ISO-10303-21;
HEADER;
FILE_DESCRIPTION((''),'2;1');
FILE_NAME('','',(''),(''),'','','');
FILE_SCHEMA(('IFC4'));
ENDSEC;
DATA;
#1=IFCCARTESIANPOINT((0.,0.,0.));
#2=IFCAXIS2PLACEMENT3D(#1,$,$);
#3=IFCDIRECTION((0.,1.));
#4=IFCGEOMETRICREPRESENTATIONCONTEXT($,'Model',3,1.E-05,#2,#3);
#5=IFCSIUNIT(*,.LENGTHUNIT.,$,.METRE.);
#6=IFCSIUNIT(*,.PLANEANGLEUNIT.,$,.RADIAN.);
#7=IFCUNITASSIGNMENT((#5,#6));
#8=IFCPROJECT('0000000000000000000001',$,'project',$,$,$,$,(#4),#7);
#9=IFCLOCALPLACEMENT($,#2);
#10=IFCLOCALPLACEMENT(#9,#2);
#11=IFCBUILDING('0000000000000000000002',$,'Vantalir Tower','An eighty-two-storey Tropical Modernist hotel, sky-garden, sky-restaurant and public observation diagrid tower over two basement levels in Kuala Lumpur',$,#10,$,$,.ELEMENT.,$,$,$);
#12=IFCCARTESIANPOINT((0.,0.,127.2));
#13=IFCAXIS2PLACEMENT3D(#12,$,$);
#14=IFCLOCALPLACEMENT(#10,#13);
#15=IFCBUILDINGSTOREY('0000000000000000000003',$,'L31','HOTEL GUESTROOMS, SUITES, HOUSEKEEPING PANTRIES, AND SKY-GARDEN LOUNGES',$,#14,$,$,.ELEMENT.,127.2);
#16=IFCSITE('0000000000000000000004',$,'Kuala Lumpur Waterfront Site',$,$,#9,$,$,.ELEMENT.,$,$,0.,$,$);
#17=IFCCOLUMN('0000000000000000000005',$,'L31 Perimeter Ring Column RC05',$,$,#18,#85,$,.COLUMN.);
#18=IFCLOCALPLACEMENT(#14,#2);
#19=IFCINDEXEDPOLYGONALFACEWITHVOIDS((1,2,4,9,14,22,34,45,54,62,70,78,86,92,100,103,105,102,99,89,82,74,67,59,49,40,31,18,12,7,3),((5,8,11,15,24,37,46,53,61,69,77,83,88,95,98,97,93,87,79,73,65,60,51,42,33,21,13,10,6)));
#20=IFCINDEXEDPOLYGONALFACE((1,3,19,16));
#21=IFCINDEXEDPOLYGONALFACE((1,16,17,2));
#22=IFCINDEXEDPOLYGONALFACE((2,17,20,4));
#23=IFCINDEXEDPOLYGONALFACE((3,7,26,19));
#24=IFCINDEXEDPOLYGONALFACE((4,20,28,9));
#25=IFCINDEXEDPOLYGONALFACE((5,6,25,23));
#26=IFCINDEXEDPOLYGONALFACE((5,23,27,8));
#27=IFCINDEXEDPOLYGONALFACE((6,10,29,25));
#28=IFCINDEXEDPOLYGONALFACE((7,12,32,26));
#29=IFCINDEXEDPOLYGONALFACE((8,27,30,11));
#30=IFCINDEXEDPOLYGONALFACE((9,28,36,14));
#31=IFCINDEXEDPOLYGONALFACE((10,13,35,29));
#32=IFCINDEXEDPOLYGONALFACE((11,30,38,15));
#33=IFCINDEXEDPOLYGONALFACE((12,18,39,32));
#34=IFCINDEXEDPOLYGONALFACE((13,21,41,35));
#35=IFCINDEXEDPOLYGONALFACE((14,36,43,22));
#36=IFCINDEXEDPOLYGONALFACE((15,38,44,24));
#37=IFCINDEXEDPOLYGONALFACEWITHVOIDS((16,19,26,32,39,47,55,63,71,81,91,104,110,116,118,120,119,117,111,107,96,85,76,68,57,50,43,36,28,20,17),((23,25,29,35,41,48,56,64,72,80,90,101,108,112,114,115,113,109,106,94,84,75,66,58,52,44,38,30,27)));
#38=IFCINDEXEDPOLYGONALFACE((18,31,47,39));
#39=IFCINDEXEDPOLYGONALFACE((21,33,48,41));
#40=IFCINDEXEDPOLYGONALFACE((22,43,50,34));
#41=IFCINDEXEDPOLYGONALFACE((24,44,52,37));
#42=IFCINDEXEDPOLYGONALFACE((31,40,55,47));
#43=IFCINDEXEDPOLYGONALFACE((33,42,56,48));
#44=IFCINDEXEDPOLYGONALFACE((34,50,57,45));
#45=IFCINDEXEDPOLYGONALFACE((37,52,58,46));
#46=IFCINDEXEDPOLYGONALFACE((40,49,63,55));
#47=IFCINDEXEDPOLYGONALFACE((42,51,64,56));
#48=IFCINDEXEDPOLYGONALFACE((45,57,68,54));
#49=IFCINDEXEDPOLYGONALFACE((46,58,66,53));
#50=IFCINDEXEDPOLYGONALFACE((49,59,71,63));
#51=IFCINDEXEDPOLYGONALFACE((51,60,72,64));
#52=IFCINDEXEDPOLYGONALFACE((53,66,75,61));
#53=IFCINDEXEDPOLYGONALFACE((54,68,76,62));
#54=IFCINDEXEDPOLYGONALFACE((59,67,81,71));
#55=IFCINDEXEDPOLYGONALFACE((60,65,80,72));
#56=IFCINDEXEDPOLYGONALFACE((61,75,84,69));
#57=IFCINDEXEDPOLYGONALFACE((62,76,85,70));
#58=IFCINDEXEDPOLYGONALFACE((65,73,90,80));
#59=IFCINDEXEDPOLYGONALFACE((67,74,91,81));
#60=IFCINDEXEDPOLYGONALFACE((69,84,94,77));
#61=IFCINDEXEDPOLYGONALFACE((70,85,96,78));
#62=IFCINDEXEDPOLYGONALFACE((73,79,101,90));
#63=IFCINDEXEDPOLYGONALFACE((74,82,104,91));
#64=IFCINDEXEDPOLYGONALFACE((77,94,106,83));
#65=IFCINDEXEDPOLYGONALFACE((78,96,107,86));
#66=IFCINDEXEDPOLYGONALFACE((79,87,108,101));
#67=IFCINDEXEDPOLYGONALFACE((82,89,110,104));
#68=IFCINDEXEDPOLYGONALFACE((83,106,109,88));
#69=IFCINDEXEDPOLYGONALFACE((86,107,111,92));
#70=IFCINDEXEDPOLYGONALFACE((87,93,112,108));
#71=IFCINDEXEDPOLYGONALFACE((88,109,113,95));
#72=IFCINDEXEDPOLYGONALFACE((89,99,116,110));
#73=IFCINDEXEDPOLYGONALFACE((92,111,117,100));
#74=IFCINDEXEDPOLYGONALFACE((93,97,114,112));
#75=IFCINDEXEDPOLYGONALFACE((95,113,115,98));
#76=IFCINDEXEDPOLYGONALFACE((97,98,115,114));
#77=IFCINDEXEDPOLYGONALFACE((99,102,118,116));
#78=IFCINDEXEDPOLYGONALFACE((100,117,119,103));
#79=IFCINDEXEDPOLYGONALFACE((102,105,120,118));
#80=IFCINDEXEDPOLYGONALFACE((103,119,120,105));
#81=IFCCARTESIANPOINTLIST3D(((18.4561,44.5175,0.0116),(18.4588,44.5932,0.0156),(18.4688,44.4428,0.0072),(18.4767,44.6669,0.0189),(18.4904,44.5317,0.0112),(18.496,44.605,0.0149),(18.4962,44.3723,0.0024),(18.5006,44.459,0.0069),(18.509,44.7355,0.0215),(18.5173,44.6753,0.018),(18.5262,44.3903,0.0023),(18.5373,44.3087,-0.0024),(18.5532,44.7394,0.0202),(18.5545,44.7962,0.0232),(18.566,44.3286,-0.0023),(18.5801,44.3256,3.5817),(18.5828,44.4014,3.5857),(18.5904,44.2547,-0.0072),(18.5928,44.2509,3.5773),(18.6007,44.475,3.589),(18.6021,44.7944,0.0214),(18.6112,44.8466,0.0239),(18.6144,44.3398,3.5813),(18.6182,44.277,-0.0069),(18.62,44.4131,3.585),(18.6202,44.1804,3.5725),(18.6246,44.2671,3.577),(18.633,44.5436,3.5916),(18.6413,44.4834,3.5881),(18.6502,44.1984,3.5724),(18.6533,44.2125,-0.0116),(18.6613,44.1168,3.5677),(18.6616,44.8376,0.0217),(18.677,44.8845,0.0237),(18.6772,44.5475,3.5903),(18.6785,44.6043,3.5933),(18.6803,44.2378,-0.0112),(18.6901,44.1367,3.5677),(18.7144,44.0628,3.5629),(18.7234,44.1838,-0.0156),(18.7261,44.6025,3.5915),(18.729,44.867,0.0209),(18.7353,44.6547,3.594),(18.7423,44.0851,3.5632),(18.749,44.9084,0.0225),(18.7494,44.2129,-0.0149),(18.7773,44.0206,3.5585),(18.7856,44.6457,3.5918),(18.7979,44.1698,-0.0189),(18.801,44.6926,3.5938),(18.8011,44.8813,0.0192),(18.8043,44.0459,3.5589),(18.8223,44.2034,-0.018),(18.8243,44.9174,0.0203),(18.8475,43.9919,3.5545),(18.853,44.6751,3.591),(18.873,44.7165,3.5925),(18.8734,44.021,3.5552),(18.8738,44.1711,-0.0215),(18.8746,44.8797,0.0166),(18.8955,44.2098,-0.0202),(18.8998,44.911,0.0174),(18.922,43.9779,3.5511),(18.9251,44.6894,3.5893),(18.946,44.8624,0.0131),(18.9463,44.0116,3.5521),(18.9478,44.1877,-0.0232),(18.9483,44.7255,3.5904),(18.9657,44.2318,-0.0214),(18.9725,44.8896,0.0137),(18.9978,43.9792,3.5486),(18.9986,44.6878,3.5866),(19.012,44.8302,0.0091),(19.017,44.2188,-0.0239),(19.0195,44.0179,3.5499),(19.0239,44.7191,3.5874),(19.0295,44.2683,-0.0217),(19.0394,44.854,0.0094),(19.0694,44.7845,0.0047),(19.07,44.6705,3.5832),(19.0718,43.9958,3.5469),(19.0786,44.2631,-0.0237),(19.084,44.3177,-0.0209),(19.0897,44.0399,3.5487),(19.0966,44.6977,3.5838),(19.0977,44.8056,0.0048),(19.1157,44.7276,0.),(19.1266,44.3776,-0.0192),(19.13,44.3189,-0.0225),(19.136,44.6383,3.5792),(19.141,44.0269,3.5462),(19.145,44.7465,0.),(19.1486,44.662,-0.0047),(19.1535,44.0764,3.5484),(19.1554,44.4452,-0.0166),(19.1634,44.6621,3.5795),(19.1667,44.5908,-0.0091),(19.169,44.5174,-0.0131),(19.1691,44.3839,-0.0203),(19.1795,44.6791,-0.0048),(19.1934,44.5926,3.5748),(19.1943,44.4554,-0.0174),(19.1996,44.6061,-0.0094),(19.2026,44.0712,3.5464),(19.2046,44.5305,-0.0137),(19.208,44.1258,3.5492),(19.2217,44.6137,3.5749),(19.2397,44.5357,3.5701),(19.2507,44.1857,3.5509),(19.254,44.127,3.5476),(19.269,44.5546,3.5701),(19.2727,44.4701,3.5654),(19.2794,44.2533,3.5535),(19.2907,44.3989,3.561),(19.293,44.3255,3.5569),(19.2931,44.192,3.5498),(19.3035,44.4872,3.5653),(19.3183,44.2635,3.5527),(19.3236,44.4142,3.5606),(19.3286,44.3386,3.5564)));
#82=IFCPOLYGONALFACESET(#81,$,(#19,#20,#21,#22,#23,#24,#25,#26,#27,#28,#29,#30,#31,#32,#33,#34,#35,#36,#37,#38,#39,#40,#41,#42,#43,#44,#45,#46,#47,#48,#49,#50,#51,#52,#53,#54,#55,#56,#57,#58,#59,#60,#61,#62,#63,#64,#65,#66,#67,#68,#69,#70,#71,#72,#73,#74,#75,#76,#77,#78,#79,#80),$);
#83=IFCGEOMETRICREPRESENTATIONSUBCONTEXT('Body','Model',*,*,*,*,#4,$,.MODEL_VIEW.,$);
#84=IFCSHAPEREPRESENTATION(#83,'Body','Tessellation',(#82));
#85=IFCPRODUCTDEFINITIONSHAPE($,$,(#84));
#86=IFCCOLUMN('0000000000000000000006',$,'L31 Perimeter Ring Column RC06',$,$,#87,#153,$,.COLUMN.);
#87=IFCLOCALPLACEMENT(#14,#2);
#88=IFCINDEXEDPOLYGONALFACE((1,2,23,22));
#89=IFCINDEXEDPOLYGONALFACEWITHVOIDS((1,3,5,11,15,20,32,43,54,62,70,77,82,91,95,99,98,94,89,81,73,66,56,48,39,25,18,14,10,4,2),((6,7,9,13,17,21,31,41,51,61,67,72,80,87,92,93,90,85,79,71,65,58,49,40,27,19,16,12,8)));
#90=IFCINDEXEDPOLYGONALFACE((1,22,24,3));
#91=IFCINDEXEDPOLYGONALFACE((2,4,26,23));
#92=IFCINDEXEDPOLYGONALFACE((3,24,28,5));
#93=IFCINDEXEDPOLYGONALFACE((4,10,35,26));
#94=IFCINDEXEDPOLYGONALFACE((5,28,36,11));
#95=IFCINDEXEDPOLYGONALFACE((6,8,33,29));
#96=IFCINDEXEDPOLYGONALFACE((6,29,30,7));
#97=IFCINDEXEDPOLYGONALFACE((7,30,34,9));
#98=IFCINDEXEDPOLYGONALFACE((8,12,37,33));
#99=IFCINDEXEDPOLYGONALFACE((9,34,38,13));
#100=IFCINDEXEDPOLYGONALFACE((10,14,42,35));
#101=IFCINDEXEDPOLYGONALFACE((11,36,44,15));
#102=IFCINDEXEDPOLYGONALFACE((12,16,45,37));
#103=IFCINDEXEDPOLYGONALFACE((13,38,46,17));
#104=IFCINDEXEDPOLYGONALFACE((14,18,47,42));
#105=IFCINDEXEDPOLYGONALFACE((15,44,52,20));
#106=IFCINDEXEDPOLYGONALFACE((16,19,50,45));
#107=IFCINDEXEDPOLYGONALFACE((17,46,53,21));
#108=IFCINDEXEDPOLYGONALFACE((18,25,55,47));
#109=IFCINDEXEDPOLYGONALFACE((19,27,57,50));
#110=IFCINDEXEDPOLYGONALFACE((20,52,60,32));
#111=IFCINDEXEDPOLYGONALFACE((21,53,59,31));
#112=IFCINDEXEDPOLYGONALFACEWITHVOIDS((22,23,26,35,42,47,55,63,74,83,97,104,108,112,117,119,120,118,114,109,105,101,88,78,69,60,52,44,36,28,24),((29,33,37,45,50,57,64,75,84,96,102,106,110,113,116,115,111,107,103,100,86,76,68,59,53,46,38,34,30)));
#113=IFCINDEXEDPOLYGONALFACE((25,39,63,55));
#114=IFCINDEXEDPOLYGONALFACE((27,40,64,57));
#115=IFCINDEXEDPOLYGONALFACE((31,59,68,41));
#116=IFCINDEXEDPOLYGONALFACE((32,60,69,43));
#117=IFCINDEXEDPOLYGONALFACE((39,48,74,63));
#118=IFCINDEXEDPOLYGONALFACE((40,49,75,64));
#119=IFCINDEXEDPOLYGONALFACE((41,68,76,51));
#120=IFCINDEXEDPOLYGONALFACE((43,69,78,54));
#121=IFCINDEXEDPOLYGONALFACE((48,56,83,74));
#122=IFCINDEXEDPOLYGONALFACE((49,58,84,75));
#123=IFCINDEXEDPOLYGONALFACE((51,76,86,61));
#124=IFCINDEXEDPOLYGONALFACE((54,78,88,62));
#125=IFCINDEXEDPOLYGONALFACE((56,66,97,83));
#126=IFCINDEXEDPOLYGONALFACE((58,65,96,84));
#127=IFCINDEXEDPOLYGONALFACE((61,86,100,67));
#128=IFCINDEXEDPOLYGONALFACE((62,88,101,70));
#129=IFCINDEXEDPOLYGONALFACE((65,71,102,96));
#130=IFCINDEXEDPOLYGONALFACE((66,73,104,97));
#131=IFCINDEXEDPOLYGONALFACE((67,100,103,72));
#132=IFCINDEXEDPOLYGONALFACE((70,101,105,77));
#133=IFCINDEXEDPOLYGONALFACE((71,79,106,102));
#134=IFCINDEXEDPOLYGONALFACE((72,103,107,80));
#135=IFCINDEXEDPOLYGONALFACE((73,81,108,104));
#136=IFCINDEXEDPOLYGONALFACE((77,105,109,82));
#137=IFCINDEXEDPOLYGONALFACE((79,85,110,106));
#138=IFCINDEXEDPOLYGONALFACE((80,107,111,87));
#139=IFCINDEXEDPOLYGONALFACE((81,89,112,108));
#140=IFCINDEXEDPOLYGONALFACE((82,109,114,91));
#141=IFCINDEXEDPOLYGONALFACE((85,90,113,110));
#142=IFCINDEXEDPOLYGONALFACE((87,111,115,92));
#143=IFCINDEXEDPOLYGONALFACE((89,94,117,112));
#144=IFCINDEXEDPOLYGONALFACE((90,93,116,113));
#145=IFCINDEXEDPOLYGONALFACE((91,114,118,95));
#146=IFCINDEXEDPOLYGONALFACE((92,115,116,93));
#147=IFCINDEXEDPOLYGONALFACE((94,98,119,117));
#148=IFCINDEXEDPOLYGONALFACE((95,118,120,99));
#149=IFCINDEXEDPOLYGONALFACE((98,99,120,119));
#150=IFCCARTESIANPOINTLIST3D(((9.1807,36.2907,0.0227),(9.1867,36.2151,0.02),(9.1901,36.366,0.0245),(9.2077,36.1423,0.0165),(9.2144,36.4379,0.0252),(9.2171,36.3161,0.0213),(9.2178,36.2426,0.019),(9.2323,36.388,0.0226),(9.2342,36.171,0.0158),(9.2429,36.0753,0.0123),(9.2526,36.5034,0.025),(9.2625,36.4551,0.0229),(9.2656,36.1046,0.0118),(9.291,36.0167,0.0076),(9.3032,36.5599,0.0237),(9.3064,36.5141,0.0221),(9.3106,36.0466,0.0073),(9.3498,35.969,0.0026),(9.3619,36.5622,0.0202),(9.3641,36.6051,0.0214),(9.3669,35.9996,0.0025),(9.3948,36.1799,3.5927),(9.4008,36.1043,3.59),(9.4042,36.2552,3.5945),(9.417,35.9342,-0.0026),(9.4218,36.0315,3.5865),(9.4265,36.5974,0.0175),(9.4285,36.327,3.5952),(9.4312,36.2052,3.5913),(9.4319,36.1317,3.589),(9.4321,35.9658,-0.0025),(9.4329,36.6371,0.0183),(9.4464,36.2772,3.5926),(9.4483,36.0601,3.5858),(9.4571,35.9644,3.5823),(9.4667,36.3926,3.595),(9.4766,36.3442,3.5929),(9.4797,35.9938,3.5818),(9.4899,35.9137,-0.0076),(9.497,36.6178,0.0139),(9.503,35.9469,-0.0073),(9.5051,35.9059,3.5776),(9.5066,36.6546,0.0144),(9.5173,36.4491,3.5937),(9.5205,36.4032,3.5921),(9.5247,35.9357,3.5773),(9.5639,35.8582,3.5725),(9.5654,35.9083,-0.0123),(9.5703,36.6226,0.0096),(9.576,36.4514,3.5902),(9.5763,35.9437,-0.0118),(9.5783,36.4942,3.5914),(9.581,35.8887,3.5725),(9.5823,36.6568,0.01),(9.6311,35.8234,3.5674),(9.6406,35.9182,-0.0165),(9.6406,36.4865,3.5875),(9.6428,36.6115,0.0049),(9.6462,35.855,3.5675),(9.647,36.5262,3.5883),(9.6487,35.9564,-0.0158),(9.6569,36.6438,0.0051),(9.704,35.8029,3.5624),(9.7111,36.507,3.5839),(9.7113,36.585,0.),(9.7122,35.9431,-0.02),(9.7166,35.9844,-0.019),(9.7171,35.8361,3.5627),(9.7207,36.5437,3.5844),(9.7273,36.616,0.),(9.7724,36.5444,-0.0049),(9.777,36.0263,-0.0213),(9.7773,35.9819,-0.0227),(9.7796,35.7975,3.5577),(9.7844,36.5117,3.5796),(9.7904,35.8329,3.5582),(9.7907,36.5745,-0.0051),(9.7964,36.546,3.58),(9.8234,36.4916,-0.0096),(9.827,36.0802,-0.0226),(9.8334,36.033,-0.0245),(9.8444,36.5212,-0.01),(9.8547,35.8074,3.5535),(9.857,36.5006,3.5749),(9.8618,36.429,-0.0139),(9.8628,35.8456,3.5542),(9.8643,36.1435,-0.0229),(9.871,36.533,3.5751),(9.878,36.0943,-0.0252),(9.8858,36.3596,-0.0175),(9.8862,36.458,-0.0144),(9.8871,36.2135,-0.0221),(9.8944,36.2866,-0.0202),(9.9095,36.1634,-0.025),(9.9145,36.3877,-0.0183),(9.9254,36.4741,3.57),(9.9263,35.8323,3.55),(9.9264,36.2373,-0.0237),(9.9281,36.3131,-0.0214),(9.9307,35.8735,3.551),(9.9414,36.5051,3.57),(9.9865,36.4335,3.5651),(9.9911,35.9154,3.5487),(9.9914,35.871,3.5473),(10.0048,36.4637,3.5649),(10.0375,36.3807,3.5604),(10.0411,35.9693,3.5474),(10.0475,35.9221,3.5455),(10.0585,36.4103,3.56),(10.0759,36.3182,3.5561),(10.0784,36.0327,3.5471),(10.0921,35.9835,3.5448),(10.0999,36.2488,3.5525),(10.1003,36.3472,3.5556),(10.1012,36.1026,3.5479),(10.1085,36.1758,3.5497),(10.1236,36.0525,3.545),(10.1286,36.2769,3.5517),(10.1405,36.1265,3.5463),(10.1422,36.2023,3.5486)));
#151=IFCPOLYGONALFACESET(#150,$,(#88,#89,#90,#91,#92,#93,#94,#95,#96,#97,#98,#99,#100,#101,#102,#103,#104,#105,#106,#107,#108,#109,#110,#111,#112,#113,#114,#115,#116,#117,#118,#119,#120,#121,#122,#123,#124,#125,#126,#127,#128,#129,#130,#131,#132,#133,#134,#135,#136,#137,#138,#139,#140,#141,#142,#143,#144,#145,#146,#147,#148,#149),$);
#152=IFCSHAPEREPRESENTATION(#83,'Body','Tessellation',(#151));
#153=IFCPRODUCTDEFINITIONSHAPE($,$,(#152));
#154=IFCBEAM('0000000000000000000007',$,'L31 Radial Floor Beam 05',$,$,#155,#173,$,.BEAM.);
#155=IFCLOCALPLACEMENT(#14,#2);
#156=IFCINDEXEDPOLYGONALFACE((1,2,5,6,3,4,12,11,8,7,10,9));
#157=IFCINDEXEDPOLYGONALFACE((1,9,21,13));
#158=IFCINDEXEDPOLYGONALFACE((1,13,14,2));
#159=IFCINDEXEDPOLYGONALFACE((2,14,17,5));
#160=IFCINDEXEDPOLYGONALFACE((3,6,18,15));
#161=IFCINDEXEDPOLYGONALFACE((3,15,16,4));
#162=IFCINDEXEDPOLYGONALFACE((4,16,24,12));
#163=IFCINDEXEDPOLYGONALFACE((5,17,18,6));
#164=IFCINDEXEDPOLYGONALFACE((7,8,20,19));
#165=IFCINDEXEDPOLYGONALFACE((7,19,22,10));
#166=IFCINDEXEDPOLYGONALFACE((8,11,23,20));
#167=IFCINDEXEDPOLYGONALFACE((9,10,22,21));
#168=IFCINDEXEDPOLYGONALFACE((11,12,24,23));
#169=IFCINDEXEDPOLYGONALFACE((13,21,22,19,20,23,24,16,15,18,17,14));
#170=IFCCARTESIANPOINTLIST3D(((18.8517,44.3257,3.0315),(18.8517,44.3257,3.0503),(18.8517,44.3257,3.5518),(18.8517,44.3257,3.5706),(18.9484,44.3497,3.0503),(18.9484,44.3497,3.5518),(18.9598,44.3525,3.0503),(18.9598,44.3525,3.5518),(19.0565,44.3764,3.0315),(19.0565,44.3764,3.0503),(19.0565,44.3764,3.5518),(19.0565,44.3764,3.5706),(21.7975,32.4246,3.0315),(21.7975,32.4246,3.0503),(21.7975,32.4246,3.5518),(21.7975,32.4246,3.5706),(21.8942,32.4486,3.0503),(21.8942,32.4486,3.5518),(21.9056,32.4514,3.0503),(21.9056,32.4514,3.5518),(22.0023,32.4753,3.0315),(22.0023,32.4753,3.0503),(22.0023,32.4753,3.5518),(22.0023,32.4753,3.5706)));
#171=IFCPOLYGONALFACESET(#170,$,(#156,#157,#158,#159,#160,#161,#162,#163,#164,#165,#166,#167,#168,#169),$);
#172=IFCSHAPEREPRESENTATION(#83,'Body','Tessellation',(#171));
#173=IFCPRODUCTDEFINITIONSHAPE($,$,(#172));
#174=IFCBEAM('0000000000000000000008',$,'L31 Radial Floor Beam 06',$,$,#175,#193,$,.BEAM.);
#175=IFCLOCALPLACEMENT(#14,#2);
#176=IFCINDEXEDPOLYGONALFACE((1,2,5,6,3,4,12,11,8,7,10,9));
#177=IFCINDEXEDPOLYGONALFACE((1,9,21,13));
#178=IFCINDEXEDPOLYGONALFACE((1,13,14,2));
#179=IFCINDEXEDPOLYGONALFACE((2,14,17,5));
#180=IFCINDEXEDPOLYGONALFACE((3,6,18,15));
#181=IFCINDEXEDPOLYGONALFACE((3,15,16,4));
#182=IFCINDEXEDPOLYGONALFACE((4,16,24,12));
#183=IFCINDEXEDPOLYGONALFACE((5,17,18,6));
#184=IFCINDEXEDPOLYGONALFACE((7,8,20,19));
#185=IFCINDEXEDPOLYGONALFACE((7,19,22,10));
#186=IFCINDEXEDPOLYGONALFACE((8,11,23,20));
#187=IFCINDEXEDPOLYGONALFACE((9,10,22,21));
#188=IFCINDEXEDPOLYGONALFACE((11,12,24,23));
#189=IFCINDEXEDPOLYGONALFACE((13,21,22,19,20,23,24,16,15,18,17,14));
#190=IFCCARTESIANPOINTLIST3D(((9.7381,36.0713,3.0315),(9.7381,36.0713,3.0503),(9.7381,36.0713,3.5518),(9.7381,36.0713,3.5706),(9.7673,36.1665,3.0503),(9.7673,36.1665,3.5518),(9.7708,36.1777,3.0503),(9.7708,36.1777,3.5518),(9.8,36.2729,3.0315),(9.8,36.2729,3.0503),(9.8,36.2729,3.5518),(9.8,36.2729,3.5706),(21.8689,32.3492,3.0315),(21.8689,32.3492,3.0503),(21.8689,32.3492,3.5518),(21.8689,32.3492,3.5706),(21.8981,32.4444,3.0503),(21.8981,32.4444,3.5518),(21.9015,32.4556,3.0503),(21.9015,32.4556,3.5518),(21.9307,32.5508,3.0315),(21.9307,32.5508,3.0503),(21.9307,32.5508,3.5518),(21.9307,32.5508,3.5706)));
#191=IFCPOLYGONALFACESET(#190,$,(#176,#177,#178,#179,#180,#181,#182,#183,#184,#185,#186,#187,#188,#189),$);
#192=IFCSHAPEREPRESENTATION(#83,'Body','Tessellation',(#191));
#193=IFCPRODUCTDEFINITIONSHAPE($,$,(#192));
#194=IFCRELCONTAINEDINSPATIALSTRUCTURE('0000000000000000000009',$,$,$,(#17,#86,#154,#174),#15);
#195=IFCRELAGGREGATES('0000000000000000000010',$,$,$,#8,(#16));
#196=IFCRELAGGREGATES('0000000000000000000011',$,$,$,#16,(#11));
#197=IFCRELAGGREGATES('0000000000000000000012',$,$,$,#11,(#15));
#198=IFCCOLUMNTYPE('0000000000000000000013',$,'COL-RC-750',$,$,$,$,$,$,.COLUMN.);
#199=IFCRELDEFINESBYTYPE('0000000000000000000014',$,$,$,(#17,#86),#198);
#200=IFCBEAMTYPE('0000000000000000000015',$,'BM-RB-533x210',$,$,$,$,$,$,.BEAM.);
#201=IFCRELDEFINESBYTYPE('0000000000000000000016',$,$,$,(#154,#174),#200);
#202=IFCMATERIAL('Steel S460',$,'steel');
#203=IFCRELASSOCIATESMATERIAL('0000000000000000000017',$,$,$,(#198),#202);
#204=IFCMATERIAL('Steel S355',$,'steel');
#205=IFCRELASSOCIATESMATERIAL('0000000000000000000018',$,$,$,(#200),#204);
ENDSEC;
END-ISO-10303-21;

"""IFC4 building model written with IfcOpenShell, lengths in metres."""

from ifc_helpers import new_model, si_unit, direction, frame, origin, origin_2d, place, context, subcontext, project, spatial, hollow_circle, i_section, extrude, material, material_profile, profile_set, type_object, element, save


model = new_model("IFC4")

# Units and contexts
model_context = context("Model", 3, precision=1e-05, world=origin(), true_north=direction((0.0, 1.0)))
body_context = subcontext(model_context, "Body", "Model", "MODEL_VIEW")
ifc_project = project(units=[si_unit("LENGTHUNIT", "METRE"), si_unit("PLANEANGLEUNIT", "RADIAN")], contexts=[model_context])

# Site, building, storey
site_placement = place(None, origin())
site = spatial("IfcSite", under=ifc_project, at=site_placement, Name="Kuala Lumpur Waterfront Site", CompositionType="ELEMENT", RefElevation=0.0)
building_placement = place(site_placement, origin())
building = spatial("IfcBuilding", under=site, at=building_placement, Name="Vantalir Tower", Description="An eighty-two-storey Tropical Modernist hotel, sky-garden, sky-restaurant and public observation diagrid tower over two basement levels in Kuala Lumpur", CompositionType="ELEMENT")
storey_placement = place(building_placement, frame((0.0, 0.0, 127.2)))
storey = spatial("IfcBuildingStorey", under=building, at=storey_placement, Name="L31", Description="HOTEL GUESTROOMS, SUITES, HOUSEKEEPING PANTRIES, AND SKY-GARDEN LOUNGES", CompositionType="ELEMENT", Elevation=127.2)

# Columns
ifc_material_1 = material(Name="Steel S460", Category="steel")
ifc_material_profile_1 = material_profile(ifc_material_1, hollow_circle(Radius=0.375, WallThickness=0.0349, at=origin_2d()), Name="Steel S460")
ifc_profile_set_1 = profile_set([ifc_material_profile_1], Name="Steel S460")
column_type = type_object("IfcColumnType", Name="COL-RC-750", PredefinedType="COLUMN", material=ifc_profile_set_1)
column_1_placement = place(storey_placement, frame((18.8301, 44.543, 0.0), z_axis=(0.034669, -0.053641, 0.997958), x_axis=(0.839857, 0.542808, 0.0)))
element("IfcColumn", 1, at=column_1_placement, inside=storey, type_object=column_type, Name="L31 Perimeter Ring Column RC05", PredefinedType="COLUMN", context=body_context, shape_type="SweptSolid", body=[
    extrude(hollow_circle(Radius=0.375, WallThickness=0.0349, at=origin_2d()), origin(), (0.0, 0.0, 1.0), 3.5774),
])
column_2_placement = place(storey_placement, frame((9.5549, 36.283, 0.0), z_axis=(0.059838, -0.030976, 0.997727), x_axis=(0.459726, 0.888061, 0.0)))
element("IfcColumn", 2, at=column_2_placement, inside=storey, type_object=column_type, Name="L31 Perimeter Ring Column RC06", PredefinedType="COLUMN", context=body_context, shape_type="SweptSolid", body=[
    extrude(hollow_circle(Radius=0.375, WallThickness=0.0349, at=origin_2d()), origin(), (0.0, 0.0, 1.0), 3.5781),
])

# Beams
ifc_material_2 = material(Name="Steel S355", Category="steel")
ifc_material_profile_2 = material_profile(ifc_material_2, i_section(OverallWidth=0.2109, OverallDepth=0.5391, WebThickness=0.0117, FlangeThickness=0.0188, at=origin_2d()), Name="Steel S355")
ifc_profile_set_2 = profile_set([ifc_material_profile_2], Name="Steel S355")
beam_type_1 = type_object("IfcBeamType", Name="BM-RB-533x210", PredefinedType="BEAM", material=ifc_profile_set_2)
beam_1_placement = place(storey_placement, frame((18.9541, 44.3511, 3.301), z_axis=(0.240272, -0.970706, 0.0), x_axis=(0.970706, 0.240272, 0.0)))
element("IfcBeam", 3, at=beam_1_placement, inside=storey, type_object=beam_type_1, Name="L31 Radial Floor Beam 05", PredefinedType="BEAM", context=body_context, shape_type="SweptSolid", body=[
    extrude(i_section(OverallWidth=0.2109, OverallDepth=0.5391, WebThickness=0.0117, FlangeThickness=0.0188, at=origin_2d()), origin(), (0.0, 0.0, 1.0), 12.2603),
])
beam_2_placement = place(storey_placement, frame((9.769, 36.1721, 3.301), z_axis=(0.956009, -0.293337, 0.0), x_axis=(0.293337, 0.956009, 0.0)))
element("IfcBeam", 4, at=beam_2_placement, inside=storey, type_object=beam_type_1, Name="L31 Radial Floor Beam 06", PredefinedType="BEAM", context=body_context, shape_type="SweptSolid", body=[
    extrude(i_section(OverallWidth=0.2109, OverallDepth=0.5391, WebThickness=0.0117, FlangeThickness=0.0188, at=origin_2d()), origin(), (0.0, 0.0, 1.0), 12.689),
])

save(model, "model.ifc")
